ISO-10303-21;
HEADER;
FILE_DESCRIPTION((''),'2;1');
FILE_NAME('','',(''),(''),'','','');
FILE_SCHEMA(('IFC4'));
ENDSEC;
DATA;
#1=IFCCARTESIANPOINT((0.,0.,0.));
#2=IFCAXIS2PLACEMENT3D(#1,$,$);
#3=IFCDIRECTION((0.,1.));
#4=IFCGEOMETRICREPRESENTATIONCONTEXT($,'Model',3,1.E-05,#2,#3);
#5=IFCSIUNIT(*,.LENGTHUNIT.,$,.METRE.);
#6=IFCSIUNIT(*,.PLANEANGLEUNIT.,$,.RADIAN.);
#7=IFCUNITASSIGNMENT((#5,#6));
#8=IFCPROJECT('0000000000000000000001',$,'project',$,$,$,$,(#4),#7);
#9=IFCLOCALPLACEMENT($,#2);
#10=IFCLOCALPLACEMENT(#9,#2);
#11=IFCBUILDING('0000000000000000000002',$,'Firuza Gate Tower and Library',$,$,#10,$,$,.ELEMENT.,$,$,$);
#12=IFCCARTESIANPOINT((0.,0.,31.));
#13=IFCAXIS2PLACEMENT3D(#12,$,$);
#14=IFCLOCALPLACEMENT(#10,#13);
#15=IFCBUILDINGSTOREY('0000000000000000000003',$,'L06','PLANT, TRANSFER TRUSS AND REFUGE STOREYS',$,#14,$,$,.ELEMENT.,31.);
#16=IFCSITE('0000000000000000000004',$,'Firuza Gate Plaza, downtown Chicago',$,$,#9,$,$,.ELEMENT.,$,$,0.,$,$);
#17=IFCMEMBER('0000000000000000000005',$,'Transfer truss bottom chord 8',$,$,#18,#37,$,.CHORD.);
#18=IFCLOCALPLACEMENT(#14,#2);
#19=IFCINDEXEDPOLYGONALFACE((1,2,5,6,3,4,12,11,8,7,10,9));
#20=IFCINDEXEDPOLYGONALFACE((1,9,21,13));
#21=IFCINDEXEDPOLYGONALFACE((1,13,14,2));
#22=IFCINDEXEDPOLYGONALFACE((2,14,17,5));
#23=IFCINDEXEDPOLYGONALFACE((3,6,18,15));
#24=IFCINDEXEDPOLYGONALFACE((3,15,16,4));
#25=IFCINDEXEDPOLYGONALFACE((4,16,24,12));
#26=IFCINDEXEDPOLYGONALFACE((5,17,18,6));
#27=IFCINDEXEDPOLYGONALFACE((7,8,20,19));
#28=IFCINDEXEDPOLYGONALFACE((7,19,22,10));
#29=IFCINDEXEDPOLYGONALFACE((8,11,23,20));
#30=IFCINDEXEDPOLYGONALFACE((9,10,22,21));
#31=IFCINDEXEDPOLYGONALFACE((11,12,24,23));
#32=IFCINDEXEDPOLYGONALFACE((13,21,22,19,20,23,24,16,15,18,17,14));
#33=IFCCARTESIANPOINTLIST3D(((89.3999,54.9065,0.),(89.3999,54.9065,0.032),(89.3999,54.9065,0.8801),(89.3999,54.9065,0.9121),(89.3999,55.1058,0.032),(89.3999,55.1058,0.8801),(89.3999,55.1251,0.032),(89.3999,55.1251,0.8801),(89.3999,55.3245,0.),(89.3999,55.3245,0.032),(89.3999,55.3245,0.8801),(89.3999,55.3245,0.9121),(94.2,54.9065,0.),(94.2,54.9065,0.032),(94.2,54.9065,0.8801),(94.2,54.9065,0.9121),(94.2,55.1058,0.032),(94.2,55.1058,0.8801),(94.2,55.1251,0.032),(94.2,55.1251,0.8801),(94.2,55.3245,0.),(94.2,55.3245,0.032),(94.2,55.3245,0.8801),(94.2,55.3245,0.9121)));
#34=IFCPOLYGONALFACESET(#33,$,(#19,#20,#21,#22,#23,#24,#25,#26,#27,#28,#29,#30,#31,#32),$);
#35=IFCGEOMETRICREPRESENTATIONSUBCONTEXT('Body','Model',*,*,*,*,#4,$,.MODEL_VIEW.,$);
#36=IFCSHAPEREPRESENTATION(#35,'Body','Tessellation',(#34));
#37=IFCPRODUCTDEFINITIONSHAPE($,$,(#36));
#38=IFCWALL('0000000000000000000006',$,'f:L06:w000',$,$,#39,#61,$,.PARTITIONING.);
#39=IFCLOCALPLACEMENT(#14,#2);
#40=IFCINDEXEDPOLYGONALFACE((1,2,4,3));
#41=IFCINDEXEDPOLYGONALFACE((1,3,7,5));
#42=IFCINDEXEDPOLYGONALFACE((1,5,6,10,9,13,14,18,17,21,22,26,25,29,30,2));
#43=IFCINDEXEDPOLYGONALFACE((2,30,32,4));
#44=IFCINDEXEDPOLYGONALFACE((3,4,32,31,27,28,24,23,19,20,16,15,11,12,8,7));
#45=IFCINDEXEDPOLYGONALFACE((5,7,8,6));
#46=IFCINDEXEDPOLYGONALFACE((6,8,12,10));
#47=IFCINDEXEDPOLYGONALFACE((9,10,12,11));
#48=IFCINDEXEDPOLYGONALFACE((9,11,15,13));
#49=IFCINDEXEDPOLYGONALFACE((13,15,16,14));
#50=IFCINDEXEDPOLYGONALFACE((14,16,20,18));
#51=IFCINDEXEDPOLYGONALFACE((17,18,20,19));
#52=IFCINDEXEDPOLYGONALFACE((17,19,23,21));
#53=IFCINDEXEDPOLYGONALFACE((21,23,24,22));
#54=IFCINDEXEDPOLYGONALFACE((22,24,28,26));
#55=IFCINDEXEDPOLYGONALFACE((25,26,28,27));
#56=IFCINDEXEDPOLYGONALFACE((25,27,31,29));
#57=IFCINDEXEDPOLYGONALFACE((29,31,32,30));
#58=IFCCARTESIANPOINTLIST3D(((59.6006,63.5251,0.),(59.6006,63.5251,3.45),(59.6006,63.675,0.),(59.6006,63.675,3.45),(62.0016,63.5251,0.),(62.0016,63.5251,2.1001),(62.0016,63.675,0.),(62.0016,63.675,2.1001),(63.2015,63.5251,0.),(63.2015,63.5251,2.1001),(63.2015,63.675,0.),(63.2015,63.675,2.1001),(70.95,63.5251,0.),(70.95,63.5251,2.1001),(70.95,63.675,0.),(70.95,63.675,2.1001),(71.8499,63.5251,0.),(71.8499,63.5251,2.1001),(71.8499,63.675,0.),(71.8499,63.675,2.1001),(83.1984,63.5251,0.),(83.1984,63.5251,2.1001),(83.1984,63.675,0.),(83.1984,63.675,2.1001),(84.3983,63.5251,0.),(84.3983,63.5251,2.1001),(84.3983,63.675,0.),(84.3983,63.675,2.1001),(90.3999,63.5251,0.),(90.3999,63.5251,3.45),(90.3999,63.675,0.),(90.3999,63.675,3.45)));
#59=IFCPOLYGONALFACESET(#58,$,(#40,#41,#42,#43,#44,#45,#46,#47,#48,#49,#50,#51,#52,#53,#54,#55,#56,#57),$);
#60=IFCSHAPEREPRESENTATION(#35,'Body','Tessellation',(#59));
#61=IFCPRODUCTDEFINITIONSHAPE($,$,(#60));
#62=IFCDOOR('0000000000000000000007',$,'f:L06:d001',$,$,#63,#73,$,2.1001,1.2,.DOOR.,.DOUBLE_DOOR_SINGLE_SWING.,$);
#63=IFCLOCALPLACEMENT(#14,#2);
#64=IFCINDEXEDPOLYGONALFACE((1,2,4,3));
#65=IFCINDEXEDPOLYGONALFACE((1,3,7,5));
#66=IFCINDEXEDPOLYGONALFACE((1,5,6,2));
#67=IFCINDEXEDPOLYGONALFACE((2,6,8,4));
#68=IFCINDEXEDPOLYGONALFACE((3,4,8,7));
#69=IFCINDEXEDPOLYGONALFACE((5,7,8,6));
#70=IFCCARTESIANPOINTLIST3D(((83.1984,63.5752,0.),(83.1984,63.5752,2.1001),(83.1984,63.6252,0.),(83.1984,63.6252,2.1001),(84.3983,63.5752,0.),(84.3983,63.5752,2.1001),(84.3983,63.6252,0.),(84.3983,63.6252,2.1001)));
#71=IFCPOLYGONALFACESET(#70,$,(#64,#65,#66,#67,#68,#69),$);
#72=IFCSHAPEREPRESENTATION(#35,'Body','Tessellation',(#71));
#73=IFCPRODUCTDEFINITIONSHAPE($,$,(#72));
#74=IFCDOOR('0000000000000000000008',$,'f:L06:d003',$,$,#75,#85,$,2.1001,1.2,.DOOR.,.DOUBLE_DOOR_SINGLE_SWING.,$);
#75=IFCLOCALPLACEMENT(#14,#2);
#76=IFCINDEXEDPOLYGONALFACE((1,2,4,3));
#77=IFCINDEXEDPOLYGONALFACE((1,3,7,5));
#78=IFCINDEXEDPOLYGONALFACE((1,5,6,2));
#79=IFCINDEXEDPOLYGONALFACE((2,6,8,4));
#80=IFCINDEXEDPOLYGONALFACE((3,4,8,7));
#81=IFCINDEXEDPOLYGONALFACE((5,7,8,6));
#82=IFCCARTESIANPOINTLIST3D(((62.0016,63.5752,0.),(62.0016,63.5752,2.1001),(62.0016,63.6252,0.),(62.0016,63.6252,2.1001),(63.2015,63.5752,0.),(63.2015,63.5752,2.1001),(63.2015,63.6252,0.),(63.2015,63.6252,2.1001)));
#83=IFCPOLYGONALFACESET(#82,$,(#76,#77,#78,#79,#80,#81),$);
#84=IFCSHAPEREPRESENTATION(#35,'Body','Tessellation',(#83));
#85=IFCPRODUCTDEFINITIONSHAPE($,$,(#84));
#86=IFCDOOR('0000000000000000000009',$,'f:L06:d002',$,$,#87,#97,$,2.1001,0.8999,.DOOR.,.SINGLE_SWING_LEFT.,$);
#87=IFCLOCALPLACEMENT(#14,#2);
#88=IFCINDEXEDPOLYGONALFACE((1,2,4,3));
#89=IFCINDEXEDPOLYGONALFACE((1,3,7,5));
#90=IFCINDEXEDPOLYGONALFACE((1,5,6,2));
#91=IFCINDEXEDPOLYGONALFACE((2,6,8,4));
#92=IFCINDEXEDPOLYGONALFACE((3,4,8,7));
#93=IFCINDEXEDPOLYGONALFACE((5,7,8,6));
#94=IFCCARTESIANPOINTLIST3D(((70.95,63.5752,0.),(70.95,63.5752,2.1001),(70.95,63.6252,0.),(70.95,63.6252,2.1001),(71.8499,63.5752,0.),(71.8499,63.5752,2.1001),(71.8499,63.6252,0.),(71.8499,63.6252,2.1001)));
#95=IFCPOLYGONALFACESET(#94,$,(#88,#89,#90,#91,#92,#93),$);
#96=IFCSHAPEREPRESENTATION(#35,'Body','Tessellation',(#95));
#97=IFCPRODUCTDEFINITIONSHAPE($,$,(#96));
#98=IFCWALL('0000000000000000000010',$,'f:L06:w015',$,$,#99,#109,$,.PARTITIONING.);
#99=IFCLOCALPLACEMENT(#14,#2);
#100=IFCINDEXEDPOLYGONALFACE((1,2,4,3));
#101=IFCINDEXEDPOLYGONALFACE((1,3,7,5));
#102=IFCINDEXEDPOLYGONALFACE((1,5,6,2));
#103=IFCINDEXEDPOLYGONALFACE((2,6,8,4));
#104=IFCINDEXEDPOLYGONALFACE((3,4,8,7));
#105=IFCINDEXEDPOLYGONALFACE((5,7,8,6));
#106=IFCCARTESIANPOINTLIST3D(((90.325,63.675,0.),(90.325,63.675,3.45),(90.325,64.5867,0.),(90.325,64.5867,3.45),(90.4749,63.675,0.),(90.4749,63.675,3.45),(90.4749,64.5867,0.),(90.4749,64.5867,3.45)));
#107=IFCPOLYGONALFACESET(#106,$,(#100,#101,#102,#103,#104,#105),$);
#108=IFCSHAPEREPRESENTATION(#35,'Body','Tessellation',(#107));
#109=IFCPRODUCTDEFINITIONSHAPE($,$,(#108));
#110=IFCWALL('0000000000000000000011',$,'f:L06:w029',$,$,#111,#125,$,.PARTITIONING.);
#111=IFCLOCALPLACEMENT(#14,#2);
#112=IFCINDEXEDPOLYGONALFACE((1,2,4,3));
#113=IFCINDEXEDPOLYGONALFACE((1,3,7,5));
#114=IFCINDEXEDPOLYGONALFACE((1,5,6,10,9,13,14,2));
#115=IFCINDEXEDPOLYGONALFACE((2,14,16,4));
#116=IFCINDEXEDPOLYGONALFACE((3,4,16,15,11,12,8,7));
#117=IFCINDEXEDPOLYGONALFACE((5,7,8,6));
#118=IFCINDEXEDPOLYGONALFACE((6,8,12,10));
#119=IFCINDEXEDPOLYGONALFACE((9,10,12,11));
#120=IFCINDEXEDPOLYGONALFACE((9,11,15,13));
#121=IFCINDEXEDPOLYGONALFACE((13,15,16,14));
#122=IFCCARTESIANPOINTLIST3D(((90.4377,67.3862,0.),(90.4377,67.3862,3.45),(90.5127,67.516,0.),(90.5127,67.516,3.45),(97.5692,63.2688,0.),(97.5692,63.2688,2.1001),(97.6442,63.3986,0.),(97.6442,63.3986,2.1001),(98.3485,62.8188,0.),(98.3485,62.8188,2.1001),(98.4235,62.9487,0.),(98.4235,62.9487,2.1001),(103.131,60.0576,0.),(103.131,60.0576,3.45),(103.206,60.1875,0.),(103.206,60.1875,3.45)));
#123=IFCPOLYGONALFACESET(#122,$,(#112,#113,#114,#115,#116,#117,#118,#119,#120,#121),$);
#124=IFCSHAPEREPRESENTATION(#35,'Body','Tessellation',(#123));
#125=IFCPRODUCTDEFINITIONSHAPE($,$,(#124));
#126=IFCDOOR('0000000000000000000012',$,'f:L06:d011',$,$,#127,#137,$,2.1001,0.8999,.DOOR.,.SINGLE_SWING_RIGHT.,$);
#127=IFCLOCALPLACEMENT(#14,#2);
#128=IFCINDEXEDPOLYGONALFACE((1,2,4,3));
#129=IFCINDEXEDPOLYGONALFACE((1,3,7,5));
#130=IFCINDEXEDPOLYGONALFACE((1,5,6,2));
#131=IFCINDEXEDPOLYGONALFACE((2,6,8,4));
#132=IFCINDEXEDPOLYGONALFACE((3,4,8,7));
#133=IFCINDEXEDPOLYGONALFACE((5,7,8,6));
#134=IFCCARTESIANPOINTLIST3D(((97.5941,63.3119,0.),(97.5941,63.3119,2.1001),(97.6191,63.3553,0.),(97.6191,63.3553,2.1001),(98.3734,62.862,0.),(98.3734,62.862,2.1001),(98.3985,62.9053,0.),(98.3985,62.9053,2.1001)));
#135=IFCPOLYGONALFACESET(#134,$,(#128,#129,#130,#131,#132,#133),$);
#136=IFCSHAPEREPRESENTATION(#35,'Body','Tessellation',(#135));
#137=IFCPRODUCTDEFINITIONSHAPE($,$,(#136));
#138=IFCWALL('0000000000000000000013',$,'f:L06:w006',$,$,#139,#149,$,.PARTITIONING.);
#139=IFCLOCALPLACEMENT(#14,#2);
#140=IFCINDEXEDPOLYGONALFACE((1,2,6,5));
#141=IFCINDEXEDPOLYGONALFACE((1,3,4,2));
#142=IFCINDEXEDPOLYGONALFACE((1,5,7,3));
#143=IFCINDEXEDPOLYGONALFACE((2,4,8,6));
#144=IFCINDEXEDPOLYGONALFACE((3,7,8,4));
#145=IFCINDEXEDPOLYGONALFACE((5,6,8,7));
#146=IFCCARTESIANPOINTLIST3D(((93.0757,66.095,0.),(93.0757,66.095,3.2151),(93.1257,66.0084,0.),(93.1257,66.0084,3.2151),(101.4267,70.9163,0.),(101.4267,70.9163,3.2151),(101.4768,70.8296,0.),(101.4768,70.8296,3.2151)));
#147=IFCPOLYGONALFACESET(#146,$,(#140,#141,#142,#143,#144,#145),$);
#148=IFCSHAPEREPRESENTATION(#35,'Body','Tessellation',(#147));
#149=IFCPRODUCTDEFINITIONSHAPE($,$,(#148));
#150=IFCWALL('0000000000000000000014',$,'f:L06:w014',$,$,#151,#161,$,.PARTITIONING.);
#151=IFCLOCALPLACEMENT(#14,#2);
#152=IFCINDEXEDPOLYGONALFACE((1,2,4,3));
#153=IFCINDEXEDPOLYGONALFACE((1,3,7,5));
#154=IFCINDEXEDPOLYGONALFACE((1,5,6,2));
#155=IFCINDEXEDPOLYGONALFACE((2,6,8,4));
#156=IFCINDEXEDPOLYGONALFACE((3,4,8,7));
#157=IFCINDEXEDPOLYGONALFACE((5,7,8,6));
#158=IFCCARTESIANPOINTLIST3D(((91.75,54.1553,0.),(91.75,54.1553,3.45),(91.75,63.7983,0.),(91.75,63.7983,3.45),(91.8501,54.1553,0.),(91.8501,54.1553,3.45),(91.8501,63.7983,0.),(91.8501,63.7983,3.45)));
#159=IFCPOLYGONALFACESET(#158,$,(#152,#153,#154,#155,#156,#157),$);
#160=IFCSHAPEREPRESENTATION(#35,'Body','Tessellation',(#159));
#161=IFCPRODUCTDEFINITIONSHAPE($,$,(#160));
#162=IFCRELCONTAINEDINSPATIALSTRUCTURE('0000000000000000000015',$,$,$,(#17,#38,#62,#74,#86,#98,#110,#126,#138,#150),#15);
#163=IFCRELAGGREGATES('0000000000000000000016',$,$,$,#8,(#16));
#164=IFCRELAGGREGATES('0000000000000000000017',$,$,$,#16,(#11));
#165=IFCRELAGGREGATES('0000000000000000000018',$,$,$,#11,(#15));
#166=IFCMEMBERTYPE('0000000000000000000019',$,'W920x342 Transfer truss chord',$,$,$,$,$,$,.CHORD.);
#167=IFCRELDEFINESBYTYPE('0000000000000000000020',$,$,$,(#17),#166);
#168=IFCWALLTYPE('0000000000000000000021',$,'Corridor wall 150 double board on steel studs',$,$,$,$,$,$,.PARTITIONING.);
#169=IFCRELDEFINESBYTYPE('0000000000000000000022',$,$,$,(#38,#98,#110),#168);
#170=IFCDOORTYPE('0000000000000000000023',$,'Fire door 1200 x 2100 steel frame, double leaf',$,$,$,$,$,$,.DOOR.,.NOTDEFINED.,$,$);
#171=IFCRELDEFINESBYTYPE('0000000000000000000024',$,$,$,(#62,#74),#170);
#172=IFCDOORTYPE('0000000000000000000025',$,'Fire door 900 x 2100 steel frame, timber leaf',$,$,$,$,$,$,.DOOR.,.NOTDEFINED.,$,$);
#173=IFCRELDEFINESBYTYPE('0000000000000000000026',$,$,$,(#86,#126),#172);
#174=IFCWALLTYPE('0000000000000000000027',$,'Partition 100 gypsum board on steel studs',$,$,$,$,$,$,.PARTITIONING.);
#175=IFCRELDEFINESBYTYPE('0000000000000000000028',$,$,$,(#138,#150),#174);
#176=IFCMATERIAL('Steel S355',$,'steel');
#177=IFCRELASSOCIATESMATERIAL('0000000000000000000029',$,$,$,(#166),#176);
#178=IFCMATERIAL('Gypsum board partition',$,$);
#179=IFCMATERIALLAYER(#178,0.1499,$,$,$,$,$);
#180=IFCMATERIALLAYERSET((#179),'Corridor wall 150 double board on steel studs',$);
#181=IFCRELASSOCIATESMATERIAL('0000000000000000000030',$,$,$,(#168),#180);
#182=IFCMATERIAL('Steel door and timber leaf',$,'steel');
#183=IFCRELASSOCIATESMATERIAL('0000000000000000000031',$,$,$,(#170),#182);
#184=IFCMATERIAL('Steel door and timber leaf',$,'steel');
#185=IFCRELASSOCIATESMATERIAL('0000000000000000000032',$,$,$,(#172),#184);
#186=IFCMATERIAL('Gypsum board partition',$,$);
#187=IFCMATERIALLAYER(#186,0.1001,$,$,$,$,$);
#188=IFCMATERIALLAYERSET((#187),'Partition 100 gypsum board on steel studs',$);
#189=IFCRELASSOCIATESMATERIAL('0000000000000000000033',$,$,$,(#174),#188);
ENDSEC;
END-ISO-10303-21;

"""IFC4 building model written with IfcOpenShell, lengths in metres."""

from ifc_helpers import new_model, si_unit, direction, frame, frame_2d, origin, origin_2d, place, context, subcontext, project, spatial, rectangle, i_section, extrude, material, layer, layer_set, material_profile, profile_set, type_object, element, fill, save


model = new_model("IFC4")

# Units and contexts
model_context = context("Model", 3, precision=1e-05, world=origin(), true_north=direction((0.0, 1.0)))
body_context = subcontext(model_context, "Body", "Model", "MODEL_VIEW")
ifc_project = project(units=[si_unit("LENGTHUNIT", "METRE"), si_unit("PLANEANGLEUNIT", "RADIAN")], contexts=[model_context])

# Site, building, storey
site_placement = place(None, origin())
site = spatial("IfcSite", under=ifc_project, at=site_placement, Name="Firuza Gate Plaza, downtown Chicago", CompositionType="ELEMENT", RefElevation=0.0)
building_placement = place(site_placement, origin())
building = spatial("IfcBuilding", under=site, at=building_placement, Name="Firuza Gate Tower and Library", CompositionType="ELEMENT")
storey_placement = place(building_placement, frame((0.0, 0.0, 31.0)))
storey = spatial("IfcBuildingStorey", under=building, at=storey_placement, Name="L06", Description="PLANT, TRANSFER TRUSS AND REFUGE STOREYS", CompositionType="ELEMENT", Elevation=31.0)

# Member
ifc_material_1 = material(Name="Steel S355", Category="steel")
ifc_material_profile_1 = material_profile(ifc_material_1, i_section(OverallWidth=0.418, OverallDepth=0.9121, WebThickness=0.0193, FlangeThickness=0.032, at=origin_2d()))
ifc_profile_set_1 = profile_set([ifc_material_profile_1], Name="Steel S355")
member_type_1 = type_object("IfcMemberType", Name="W920x342 Transfer truss chord", PredefinedType="CHORD", material=ifc_profile_set_1)
member_1_placement = place(storey_placement, frame((89.3999, 55.1155, 0.4561), z_axis=(1.0, 0.0, 0.0), x_axis=(0.0, 1.0, 0.0)))
element("IfcMember", 1, at=member_1_placement, inside=storey, type_object=member_type_1, Name="Transfer truss bottom chord 8", PredefinedType="CHORD", context=body_context, shape_type="SweptSolid", body=[
    extrude(i_section(OverallWidth=0.418, OverallDepth=0.9121, WebThickness=0.0193, FlangeThickness=0.032, at=origin_2d()), origin(), (0.0, 0.0, 1.0), 4.8),
])

# Wall, openings, doors
ifc_material_2 = material(Name="Gypsum board partition")
ifc_layer_1 = layer(ifc_material_2, 0.1499)
ifc_layer_set_1 = layer_set([ifc_layer_1], Name="Corridor wall 150 double board on steel studs")
wall_type_1 = type_object("IfcWallType", Name="Corridor wall 150 double board on steel studs", PredefinedType="PARTITIONING", material=ifc_layer_set_1)
wall_1_placement = place(storey_placement, frame((90.3999, 63.6001, 0.0), z_axis=(0.0, 0.0, 1.0), x_axis=(-1.0, 0.0, 0.0)))
wall_1 = element("IfcWall", 2, at=wall_1_placement, inside=storey, type_object=wall_type_1, Name="f:L06:w000", PredefinedType="PARTITIONING", context=body_context, shape_type="SweptSolid", body=[
    extrude(rectangle(XDim=30.7993, YDim=0.1499, at=frame_2d((15.3997, 0.0))), origin(), (0.0, 0.0, 1.0), 3.45),
])
opening_1_placement = place(wall_1_placement, frame((6.0015, 0.0, 0.0)))
opening_1 = element("IfcOpeningElement", 3, at=opening_1_placement, cuts=wall_1, PredefinedType="OPENING", context=body_context, shape_type="SweptSolid", body=[
    extrude(rectangle(XDim=1.2, YDim=2.1001, at=frame_2d((0.6001, 1.05))), frame((0.0, 0.085, 0.0), z_axis=(0.0, -1.0, 0.0), x_axis=(1.0, 0.0, 0.0)), (0.0, 0.0, 1.0), 0.1699),
])
opening_2_placement = place(wall_1_placement, frame((18.55, 0.0, 0.0)))
opening_2 = element("IfcOpeningElement", 4, at=opening_2_placement, cuts=wall_1, PredefinedType="OPENING", context=body_context, shape_type="SweptSolid", body=[
    extrude(rectangle(XDim=0.8999, YDim=2.1001, at=frame_2d((0.45, 1.05))), frame((0.0, 0.085, 0.0), z_axis=(0.0, -1.0, 0.0), x_axis=(1.0, 0.0, 0.0)), (0.0, 0.0, 1.0), 0.1699),
])
opening_3_placement = place(wall_1_placement, frame((27.1982, 0.0, 0.0)))
opening_3 = element("IfcOpeningElement", 5, at=opening_3_placement, cuts=wall_1, PredefinedType="OPENING", context=body_context, shape_type="SweptSolid", body=[
    extrude(rectangle(XDim=1.2, YDim=2.1001, at=frame_2d((0.6001, 1.05))), frame((0.0, 0.085, 0.0), z_axis=(0.0, -1.0, 0.0), x_axis=(1.0, 0.0, 0.0)), (0.0, 0.0, 1.0), 0.1699),
])
ifc_material_3 = material(Name="Steel door and timber leaf", Category="steel")
door_type_1 = type_object("IfcDoorType", Name="Fire door 1200 x 2100 steel frame, double leaf", OperationType="NOTDEFINED", PredefinedType="DOOR", material=ifc_material_3)
door_1_placement = place(opening_1_placement, origin())
door_1 = element("IfcDoor", 6, at=door_1_placement, inside=storey, type_object=door_type_1, Name="f:L06:d001", OperationType="DOUBLE_DOOR_SINGLE_SWING", OverallHeight=2.1001, OverallWidth=1.2, PredefinedType="DOOR", context=body_context, shape_type="SweptSolid", body=[
    extrude(rectangle(XDim=1.2, YDim=2.1001, at=frame_2d((0.6001, 1.05))), frame((0.0, 0.0249, 0.0), z_axis=(0.0, -1.0, 0.0), x_axis=(1.0, 0.0, 0.0)), (0.0, 0.0, 1.0), 0.05),
])
fill(opening_1, door_1)
door_2_placement = place(opening_3_placement, origin())
door_2 = element("IfcDoor", 7, at=door_2_placement, inside=storey, type_object=door_type_1, Name="f:L06:d003", OperationType="DOUBLE_DOOR_SINGLE_SWING", OverallHeight=2.1001, OverallWidth=1.2, PredefinedType="DOOR", context=body_context, shape_type="SweptSolid", body=[
    extrude(rectangle(XDim=1.2, YDim=2.1001, at=frame_2d((0.6001, 1.05))), frame((0.0, 0.0249, 0.0), z_axis=(0.0, -1.0, 0.0), x_axis=(1.0, 0.0, 0.0)), (0.0, 0.0, 1.0), 0.05),
])
fill(opening_3, door_2)
ifc_material_4 = material(Name="Steel door and timber leaf", Category="steel")
door_type_2 = type_object("IfcDoorType", Name="Fire door 900 x 2100 steel frame, timber leaf", OperationType="NOTDEFINED", PredefinedType="DOOR", material=ifc_material_4)
door_3_placement = place(opening_2_placement, origin())
door_3 = element("IfcDoor", 8, at=door_3_placement, inside=storey, type_object=door_type_2, Name="f:L06:d002", OperationType="SINGLE_SWING_LEFT", OverallHeight=2.1001, OverallWidth=0.8999, PredefinedType="DOOR", context=body_context, shape_type="SweptSolid", body=[
    extrude(rectangle(XDim=0.8999, YDim=2.1001, at=frame_2d((0.45, 1.05))), frame((0.0, 0.0249, 0.0), z_axis=(0.0, -1.0, 0.0), x_axis=(1.0, 0.0, 0.0)), (0.0, 0.0, 1.0), 0.05),
])
fill(opening_2, door_3)

# Wall
wall_2_placement = place(storey_placement, frame((90.3999, 63.675, 0.0), z_axis=(0.0, 0.0, 1.0), x_axis=(0.0, 1.0, 0.0)))
element("IfcWall", 9, at=wall_2_placement, inside=storey, type_object=wall_type_1, Name="f:L06:w015", PredefinedType="PARTITIONING", context=body_context, shape_type="SweptSolid", body=[
    extrude(rectangle(XDim=0.9116, YDim=0.1499, at=frame_2d((0.4558, 0.0))), origin(), (0.0, 0.0, 1.0), 3.45),
])

# Wall, opening, door
wall_3_placement = place(storey_placement, frame((90.4751, 67.4512, 0.0), z_axis=(0.0, 0.0, 1.0), x_axis=(0.866022, -0.500005, 0.0)))
wall_3 = element("IfcWall", 10, at=wall_3_placement, inside=storey, type_object=wall_type_1, Name="f:L06:w029", PredefinedType="PARTITIONING", context=body_context, shape_type="SweptSolid", body=[
    extrude(rectangle(XDim=14.657, YDim=0.1499, at=frame_2d((7.3286, 0.0))), origin(), (0.0, 0.0, 1.0), 3.45),
])
opening_4_placement = place(wall_3_placement, frame((8.2349, 0.0, 0.0)))
opening_4 = element("IfcOpeningElement", 11, at=opening_4_placement, cuts=wall_3, PredefinedType="OPENING", context=body_context, shape_type="SweptSolid", body=[
    extrude(rectangle(XDim=0.8999, YDim=2.1001, at=frame_2d((0.45, 1.05))), frame((0.0, 0.085, 0.0), z_axis=(0.0, -1.0, 0.0), x_axis=(1.0, 0.0, 0.0)), (0.0, 0.0, 1.0), 0.1699),
])
door_4_placement = place(opening_4_placement, origin())
door_4 = element("IfcDoor", 12, at=door_4_placement, inside=storey, type_object=door_type_2, Name="f:L06:d011", OperationType="SINGLE_SWING_RIGHT", OverallHeight=2.1001, OverallWidth=0.8999, PredefinedType="DOOR", context=body_context, shape_type="SweptSolid", body=[
    extrude(rectangle(XDim=0.8999, YDim=2.1001, at=frame_2d((0.45, 1.05))), frame((0.0, 0.0249, 0.0), z_axis=(0.0, -1.0, 0.0), x_axis=(1.0, 0.0, 0.0)), (0.0, 0.0, 1.0), 0.05),
])
fill(opening_4, door_4)

# Walls
ifc_material_5 = material(Name="Gypsum board partition")
ifc_layer_2 = layer(ifc_material_5, 0.1001)
ifc_layer_set_2 = layer_set([ifc_layer_2], Name="Partition 100 gypsum board on steel studs")
wall_type_2 = type_object("IfcWallType", Name="Partition 100 gypsum board on steel studs", PredefinedType="PARTITIONING", material=ifc_layer_set_2)
wall_4_placement = place(storey_placement, frame((93.1008, 66.0518, 0.0), z_axis=(0.0, 0.0, 1.0), x_axis=(0.866035, 0.499984, 0.0)))
element("IfcWall", 13, at=wall_4_placement, inside=storey, type_object=wall_type_2, Name="f:L06:w006", PredefinedType="PARTITIONING", context=body_context, shape_type="SweptSolid", body=[
    extrude(rectangle(XDim=9.6428, YDim=0.1001, at=frame_2d((4.8213, 0.0))), origin(), (0.0, 0.0, 1.0), 3.2151),
])
wall_5_placement = place(storey_placement, frame((91.8, 54.1553, 0.0), z_axis=(0.0, 0.0, 1.0), x_axis=(0.0, 1.0, 0.0)))
element("IfcWall", 14, at=wall_5_placement, inside=storey, type_object=wall_type_2, Name="f:L06:w014", PredefinedType="PARTITIONING", context=body_context, shape_type="SweptSolid", body=[
    extrude(rectangle(XDim=9.6431, YDim=0.1001, at=frame_2d((4.8215, 0.0))), origin(), (0.0, 0.0, 1.0), 3.45),
])

save(model, "model.ifc")
